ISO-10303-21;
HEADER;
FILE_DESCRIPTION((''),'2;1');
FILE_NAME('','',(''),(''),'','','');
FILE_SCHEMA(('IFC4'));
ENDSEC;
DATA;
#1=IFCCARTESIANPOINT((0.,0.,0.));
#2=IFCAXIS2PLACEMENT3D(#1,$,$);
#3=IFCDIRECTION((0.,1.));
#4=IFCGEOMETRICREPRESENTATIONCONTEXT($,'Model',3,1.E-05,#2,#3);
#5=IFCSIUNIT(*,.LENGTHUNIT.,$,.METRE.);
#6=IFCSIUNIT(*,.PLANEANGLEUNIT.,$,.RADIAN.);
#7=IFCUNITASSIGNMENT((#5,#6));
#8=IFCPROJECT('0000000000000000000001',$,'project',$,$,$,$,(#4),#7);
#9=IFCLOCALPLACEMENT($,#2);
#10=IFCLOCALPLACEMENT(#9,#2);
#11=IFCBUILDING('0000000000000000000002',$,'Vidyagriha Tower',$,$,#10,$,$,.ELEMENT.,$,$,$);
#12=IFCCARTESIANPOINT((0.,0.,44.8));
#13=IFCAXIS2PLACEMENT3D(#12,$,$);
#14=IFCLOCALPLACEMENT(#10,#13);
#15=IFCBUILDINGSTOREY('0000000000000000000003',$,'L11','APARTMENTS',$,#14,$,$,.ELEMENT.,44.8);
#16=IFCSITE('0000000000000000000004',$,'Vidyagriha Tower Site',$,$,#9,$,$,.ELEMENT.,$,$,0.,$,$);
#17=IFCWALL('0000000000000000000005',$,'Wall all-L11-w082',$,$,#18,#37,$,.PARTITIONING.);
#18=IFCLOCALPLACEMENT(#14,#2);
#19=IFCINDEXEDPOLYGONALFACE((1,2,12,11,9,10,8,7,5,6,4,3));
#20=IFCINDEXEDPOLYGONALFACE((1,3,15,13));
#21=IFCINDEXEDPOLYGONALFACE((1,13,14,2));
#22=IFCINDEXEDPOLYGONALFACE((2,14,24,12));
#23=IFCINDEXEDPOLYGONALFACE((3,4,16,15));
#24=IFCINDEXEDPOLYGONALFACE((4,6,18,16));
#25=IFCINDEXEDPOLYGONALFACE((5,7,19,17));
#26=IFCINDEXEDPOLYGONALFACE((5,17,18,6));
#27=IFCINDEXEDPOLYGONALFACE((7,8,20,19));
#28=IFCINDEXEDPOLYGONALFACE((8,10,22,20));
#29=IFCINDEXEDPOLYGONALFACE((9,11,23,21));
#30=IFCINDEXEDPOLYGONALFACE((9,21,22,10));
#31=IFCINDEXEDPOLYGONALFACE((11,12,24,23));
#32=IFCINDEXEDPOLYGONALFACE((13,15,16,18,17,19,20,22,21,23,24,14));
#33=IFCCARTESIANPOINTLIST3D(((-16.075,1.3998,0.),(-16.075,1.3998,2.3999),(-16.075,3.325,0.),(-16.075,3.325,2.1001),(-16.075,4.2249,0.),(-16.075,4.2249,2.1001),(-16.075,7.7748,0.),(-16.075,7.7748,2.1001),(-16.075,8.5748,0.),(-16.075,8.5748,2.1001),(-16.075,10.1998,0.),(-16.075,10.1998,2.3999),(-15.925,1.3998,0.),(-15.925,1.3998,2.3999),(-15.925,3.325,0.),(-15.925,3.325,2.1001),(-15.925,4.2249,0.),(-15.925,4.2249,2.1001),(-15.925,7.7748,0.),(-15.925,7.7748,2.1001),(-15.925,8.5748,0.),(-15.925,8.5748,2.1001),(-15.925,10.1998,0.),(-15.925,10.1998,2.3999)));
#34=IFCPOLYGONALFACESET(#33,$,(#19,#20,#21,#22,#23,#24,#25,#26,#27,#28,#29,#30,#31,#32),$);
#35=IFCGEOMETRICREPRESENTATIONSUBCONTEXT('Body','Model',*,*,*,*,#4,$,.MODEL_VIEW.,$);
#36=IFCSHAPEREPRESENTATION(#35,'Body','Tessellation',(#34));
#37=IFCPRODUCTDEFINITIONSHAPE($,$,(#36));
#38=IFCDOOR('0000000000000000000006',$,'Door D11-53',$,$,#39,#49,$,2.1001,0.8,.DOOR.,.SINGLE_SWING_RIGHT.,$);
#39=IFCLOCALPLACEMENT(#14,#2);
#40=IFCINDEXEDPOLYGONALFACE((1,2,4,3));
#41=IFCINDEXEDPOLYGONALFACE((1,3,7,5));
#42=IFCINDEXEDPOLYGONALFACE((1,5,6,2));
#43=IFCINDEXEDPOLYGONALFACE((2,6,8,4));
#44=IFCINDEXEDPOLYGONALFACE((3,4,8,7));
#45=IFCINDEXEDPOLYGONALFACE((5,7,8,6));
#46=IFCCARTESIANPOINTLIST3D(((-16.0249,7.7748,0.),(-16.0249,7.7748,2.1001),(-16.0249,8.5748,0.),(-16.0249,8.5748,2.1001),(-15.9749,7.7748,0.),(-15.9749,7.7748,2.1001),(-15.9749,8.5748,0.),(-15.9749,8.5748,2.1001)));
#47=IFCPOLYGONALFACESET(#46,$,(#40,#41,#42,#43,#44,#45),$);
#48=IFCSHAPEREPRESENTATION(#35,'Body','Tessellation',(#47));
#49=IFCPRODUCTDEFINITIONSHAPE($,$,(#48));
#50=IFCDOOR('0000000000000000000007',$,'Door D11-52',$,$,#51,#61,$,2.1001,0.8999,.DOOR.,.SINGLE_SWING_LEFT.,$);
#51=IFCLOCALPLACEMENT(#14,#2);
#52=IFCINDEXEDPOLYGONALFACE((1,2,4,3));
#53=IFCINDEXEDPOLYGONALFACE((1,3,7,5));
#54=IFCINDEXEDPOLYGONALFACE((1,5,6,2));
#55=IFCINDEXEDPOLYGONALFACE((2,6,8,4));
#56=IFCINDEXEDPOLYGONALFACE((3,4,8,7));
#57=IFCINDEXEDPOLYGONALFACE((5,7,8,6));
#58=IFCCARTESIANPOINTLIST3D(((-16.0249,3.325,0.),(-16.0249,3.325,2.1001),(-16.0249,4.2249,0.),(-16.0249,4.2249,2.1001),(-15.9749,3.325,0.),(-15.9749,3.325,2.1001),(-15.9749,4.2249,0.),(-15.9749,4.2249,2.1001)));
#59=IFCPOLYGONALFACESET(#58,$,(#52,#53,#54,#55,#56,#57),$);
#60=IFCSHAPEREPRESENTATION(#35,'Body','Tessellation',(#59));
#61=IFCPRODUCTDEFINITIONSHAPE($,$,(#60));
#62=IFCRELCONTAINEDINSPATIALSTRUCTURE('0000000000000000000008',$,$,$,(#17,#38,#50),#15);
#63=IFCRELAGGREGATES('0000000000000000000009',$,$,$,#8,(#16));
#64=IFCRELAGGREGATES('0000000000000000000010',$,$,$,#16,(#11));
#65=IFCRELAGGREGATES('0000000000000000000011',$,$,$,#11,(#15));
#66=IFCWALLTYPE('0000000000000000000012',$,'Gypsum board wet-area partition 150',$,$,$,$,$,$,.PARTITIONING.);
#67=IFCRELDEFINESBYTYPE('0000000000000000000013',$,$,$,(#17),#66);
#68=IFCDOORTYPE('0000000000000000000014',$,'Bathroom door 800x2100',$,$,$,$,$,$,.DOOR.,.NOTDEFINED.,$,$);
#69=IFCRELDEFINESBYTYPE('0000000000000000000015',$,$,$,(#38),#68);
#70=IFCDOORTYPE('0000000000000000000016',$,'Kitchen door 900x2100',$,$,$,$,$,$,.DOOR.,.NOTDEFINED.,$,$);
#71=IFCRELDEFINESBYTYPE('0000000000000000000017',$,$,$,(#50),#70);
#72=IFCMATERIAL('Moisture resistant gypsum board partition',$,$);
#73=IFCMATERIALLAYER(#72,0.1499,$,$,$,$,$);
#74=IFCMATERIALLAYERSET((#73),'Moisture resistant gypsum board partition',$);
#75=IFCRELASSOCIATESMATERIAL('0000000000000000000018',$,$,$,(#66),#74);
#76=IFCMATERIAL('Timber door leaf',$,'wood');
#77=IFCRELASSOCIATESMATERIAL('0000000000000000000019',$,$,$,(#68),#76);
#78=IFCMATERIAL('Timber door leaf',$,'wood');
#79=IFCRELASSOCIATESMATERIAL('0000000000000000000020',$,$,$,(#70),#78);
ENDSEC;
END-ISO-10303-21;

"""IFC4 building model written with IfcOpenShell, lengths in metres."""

from ifc_helpers import new_model, si_unit, direction, frame, frame_2d, origin, place, context, subcontext, project, spatial, rectangle, extrude, material, layer, layer_set, type_object, element, fill, save


model = new_model("IFC4")

# Units and contexts
model_context = context("Model", 3, precision=1e-05, world=origin(), true_north=direction((0.0, 1.0)))
body_context = subcontext(model_context, "Body", "Model", "MODEL_VIEW")
ifc_project = project(units=[si_unit("LENGTHUNIT", "METRE"), si_unit("PLANEANGLEUNIT", "RADIAN")], contexts=[model_context])

# Site, building, storey
site_placement = place(None, origin())
site = spatial("IfcSite", under=ifc_project, at=site_placement, Name="Vidyagriha Tower Site", CompositionType="ELEMENT", RefElevation=0.0)
building_placement = place(site_placement, origin())
building = spatial("IfcBuilding", under=site, at=building_placement, Name="Vidyagriha Tower", CompositionType="ELEMENT")
storey_placement = place(building_placement, frame((0.0, 0.0, 44.8)))
storey = spatial("IfcBuildingStorey", under=building, at=storey_placement, Name="L11", Description="APARTMENTS", CompositionType="ELEMENT", Elevation=44.8)

# Wall, openings, doors
ifc_material_1 = material(Name="Moisture resistant gypsum board partition")
ifc_layer_1 = layer(ifc_material_1, 0.1499)
ifc_layer_set_1 = layer_set([ifc_layer_1], Name="Moisture resistant gypsum board partition")
wall_type_1 = type_object("IfcWallType", Name="Gypsum board wet-area partition 150", PredefinedType="PARTITIONING", material=ifc_layer_set_1)
wall_1_placement = place(storey_placement, frame((-16.0, 1.3999, 0.0), z_axis=(0.0, 0.0, 1.0), x_axis=(0.0, 1.0, 0.0)))
wall_1 = element("IfcWall", 1, at=wall_1_placement, inside=storey, type_object=wall_type_1, Name="Wall all-L11-w082", PredefinedType="PARTITIONING", context=body_context, shape_type="SweptSolid", body=[
    extrude(rectangle(XDim=8.8, YDim=0.1499, at=frame_2d((4.3999, 0.0))), origin(), (0.0, 0.0, 1.0), 2.3999),
])
opening_1_placement = place(wall_1_placement, frame((1.925, 0.0, 0.0)))
opening_1 = element("IfcOpeningElement", 2, at=opening_1_placement, cuts=wall_1, PredefinedType="OPENING", context=body_context, shape_type="SweptSolid", body=[
    extrude(rectangle(XDim=0.8999, YDim=2.1001, at=frame_2d((0.45, 1.05))), frame((0.0, 0.085, 0.0), z_axis=(0.0, -1.0, 0.0), x_axis=(1.0, 0.0, 0.0)), (0.0, 0.0, 1.0), 0.1699),
])
opening_2_placement = place(wall_1_placement, frame((6.375, 0.0, 0.0)))
opening_2 = element("IfcOpeningElement", 3, at=opening_2_placement, cuts=wall_1, PredefinedType="OPENING", context=body_context, shape_type="SweptSolid", body=[
    extrude(rectangle(XDim=0.8, YDim=2.1001, at=frame_2d((0.3999, 1.05))), frame((0.0, 0.085, 0.0), z_axis=(0.0, -1.0, 0.0), x_axis=(1.0, 0.0, 0.0)), (0.0, 0.0, 1.0), 0.1699),
])
ifc_material_2 = material(Name="Timber door leaf", Category="wood")
door_type_1 = type_object("IfcDoorType", Name="Bathroom door 800x2100", OperationType="NOTDEFINED", PredefinedType="DOOR", material=ifc_material_2)
door_1_placement = place(opening_2_placement, origin())
door_1 = element("IfcDoor", 4, at=door_1_placement, inside=storey, type_object=door_type_1, Name="Door D11-53", OperationType="SINGLE_SWING_RIGHT", OverallHeight=2.1001, OverallWidth=0.8, PredefinedType="DOOR", context=body_context, shape_type="SweptSolid", body=[
    extrude(rectangle(XDim=0.8, YDim=2.1001, at=frame_2d((0.3999, 1.05))), frame((0.0, 0.0249, 0.0), z_axis=(0.0, -1.0, 0.0), x_axis=(1.0, 0.0, 0.0)), (0.0, 0.0, 1.0), 0.05),
])
fill(opening_2, door_1)
ifc_material_3 = material(Name="Timber door leaf", Category="wood")
door_type_2 = type_object("IfcDoorType", Name="Kitchen door 900x2100", OperationType="NOTDEFINED", PredefinedType="DOOR", material=ifc_material_3)
door_2_placement = place(opening_1_placement, origin())
door_2 = element("IfcDoor", 5, at=door_2_placement, inside=storey, type_object=door_type_2, Name="Door D11-52", OperationType="SINGLE_SWING_LEFT", OverallHeight=2.1001, OverallWidth=0.8999, PredefinedType="DOOR", context=body_context, shape_type="SweptSolid", body=[
    extrude(rectangle(XDim=0.8999, YDim=2.1001, at=frame_2d((0.45, 1.05))), frame((0.0, 0.0249, 0.0), z_axis=(0.0, -1.0, 0.0), x_axis=(1.0, 0.0, 0.0)), (0.0, 0.0, 1.0), 0.05),
])
fill(opening_1, door_2)

save(model, "model.ifc")
